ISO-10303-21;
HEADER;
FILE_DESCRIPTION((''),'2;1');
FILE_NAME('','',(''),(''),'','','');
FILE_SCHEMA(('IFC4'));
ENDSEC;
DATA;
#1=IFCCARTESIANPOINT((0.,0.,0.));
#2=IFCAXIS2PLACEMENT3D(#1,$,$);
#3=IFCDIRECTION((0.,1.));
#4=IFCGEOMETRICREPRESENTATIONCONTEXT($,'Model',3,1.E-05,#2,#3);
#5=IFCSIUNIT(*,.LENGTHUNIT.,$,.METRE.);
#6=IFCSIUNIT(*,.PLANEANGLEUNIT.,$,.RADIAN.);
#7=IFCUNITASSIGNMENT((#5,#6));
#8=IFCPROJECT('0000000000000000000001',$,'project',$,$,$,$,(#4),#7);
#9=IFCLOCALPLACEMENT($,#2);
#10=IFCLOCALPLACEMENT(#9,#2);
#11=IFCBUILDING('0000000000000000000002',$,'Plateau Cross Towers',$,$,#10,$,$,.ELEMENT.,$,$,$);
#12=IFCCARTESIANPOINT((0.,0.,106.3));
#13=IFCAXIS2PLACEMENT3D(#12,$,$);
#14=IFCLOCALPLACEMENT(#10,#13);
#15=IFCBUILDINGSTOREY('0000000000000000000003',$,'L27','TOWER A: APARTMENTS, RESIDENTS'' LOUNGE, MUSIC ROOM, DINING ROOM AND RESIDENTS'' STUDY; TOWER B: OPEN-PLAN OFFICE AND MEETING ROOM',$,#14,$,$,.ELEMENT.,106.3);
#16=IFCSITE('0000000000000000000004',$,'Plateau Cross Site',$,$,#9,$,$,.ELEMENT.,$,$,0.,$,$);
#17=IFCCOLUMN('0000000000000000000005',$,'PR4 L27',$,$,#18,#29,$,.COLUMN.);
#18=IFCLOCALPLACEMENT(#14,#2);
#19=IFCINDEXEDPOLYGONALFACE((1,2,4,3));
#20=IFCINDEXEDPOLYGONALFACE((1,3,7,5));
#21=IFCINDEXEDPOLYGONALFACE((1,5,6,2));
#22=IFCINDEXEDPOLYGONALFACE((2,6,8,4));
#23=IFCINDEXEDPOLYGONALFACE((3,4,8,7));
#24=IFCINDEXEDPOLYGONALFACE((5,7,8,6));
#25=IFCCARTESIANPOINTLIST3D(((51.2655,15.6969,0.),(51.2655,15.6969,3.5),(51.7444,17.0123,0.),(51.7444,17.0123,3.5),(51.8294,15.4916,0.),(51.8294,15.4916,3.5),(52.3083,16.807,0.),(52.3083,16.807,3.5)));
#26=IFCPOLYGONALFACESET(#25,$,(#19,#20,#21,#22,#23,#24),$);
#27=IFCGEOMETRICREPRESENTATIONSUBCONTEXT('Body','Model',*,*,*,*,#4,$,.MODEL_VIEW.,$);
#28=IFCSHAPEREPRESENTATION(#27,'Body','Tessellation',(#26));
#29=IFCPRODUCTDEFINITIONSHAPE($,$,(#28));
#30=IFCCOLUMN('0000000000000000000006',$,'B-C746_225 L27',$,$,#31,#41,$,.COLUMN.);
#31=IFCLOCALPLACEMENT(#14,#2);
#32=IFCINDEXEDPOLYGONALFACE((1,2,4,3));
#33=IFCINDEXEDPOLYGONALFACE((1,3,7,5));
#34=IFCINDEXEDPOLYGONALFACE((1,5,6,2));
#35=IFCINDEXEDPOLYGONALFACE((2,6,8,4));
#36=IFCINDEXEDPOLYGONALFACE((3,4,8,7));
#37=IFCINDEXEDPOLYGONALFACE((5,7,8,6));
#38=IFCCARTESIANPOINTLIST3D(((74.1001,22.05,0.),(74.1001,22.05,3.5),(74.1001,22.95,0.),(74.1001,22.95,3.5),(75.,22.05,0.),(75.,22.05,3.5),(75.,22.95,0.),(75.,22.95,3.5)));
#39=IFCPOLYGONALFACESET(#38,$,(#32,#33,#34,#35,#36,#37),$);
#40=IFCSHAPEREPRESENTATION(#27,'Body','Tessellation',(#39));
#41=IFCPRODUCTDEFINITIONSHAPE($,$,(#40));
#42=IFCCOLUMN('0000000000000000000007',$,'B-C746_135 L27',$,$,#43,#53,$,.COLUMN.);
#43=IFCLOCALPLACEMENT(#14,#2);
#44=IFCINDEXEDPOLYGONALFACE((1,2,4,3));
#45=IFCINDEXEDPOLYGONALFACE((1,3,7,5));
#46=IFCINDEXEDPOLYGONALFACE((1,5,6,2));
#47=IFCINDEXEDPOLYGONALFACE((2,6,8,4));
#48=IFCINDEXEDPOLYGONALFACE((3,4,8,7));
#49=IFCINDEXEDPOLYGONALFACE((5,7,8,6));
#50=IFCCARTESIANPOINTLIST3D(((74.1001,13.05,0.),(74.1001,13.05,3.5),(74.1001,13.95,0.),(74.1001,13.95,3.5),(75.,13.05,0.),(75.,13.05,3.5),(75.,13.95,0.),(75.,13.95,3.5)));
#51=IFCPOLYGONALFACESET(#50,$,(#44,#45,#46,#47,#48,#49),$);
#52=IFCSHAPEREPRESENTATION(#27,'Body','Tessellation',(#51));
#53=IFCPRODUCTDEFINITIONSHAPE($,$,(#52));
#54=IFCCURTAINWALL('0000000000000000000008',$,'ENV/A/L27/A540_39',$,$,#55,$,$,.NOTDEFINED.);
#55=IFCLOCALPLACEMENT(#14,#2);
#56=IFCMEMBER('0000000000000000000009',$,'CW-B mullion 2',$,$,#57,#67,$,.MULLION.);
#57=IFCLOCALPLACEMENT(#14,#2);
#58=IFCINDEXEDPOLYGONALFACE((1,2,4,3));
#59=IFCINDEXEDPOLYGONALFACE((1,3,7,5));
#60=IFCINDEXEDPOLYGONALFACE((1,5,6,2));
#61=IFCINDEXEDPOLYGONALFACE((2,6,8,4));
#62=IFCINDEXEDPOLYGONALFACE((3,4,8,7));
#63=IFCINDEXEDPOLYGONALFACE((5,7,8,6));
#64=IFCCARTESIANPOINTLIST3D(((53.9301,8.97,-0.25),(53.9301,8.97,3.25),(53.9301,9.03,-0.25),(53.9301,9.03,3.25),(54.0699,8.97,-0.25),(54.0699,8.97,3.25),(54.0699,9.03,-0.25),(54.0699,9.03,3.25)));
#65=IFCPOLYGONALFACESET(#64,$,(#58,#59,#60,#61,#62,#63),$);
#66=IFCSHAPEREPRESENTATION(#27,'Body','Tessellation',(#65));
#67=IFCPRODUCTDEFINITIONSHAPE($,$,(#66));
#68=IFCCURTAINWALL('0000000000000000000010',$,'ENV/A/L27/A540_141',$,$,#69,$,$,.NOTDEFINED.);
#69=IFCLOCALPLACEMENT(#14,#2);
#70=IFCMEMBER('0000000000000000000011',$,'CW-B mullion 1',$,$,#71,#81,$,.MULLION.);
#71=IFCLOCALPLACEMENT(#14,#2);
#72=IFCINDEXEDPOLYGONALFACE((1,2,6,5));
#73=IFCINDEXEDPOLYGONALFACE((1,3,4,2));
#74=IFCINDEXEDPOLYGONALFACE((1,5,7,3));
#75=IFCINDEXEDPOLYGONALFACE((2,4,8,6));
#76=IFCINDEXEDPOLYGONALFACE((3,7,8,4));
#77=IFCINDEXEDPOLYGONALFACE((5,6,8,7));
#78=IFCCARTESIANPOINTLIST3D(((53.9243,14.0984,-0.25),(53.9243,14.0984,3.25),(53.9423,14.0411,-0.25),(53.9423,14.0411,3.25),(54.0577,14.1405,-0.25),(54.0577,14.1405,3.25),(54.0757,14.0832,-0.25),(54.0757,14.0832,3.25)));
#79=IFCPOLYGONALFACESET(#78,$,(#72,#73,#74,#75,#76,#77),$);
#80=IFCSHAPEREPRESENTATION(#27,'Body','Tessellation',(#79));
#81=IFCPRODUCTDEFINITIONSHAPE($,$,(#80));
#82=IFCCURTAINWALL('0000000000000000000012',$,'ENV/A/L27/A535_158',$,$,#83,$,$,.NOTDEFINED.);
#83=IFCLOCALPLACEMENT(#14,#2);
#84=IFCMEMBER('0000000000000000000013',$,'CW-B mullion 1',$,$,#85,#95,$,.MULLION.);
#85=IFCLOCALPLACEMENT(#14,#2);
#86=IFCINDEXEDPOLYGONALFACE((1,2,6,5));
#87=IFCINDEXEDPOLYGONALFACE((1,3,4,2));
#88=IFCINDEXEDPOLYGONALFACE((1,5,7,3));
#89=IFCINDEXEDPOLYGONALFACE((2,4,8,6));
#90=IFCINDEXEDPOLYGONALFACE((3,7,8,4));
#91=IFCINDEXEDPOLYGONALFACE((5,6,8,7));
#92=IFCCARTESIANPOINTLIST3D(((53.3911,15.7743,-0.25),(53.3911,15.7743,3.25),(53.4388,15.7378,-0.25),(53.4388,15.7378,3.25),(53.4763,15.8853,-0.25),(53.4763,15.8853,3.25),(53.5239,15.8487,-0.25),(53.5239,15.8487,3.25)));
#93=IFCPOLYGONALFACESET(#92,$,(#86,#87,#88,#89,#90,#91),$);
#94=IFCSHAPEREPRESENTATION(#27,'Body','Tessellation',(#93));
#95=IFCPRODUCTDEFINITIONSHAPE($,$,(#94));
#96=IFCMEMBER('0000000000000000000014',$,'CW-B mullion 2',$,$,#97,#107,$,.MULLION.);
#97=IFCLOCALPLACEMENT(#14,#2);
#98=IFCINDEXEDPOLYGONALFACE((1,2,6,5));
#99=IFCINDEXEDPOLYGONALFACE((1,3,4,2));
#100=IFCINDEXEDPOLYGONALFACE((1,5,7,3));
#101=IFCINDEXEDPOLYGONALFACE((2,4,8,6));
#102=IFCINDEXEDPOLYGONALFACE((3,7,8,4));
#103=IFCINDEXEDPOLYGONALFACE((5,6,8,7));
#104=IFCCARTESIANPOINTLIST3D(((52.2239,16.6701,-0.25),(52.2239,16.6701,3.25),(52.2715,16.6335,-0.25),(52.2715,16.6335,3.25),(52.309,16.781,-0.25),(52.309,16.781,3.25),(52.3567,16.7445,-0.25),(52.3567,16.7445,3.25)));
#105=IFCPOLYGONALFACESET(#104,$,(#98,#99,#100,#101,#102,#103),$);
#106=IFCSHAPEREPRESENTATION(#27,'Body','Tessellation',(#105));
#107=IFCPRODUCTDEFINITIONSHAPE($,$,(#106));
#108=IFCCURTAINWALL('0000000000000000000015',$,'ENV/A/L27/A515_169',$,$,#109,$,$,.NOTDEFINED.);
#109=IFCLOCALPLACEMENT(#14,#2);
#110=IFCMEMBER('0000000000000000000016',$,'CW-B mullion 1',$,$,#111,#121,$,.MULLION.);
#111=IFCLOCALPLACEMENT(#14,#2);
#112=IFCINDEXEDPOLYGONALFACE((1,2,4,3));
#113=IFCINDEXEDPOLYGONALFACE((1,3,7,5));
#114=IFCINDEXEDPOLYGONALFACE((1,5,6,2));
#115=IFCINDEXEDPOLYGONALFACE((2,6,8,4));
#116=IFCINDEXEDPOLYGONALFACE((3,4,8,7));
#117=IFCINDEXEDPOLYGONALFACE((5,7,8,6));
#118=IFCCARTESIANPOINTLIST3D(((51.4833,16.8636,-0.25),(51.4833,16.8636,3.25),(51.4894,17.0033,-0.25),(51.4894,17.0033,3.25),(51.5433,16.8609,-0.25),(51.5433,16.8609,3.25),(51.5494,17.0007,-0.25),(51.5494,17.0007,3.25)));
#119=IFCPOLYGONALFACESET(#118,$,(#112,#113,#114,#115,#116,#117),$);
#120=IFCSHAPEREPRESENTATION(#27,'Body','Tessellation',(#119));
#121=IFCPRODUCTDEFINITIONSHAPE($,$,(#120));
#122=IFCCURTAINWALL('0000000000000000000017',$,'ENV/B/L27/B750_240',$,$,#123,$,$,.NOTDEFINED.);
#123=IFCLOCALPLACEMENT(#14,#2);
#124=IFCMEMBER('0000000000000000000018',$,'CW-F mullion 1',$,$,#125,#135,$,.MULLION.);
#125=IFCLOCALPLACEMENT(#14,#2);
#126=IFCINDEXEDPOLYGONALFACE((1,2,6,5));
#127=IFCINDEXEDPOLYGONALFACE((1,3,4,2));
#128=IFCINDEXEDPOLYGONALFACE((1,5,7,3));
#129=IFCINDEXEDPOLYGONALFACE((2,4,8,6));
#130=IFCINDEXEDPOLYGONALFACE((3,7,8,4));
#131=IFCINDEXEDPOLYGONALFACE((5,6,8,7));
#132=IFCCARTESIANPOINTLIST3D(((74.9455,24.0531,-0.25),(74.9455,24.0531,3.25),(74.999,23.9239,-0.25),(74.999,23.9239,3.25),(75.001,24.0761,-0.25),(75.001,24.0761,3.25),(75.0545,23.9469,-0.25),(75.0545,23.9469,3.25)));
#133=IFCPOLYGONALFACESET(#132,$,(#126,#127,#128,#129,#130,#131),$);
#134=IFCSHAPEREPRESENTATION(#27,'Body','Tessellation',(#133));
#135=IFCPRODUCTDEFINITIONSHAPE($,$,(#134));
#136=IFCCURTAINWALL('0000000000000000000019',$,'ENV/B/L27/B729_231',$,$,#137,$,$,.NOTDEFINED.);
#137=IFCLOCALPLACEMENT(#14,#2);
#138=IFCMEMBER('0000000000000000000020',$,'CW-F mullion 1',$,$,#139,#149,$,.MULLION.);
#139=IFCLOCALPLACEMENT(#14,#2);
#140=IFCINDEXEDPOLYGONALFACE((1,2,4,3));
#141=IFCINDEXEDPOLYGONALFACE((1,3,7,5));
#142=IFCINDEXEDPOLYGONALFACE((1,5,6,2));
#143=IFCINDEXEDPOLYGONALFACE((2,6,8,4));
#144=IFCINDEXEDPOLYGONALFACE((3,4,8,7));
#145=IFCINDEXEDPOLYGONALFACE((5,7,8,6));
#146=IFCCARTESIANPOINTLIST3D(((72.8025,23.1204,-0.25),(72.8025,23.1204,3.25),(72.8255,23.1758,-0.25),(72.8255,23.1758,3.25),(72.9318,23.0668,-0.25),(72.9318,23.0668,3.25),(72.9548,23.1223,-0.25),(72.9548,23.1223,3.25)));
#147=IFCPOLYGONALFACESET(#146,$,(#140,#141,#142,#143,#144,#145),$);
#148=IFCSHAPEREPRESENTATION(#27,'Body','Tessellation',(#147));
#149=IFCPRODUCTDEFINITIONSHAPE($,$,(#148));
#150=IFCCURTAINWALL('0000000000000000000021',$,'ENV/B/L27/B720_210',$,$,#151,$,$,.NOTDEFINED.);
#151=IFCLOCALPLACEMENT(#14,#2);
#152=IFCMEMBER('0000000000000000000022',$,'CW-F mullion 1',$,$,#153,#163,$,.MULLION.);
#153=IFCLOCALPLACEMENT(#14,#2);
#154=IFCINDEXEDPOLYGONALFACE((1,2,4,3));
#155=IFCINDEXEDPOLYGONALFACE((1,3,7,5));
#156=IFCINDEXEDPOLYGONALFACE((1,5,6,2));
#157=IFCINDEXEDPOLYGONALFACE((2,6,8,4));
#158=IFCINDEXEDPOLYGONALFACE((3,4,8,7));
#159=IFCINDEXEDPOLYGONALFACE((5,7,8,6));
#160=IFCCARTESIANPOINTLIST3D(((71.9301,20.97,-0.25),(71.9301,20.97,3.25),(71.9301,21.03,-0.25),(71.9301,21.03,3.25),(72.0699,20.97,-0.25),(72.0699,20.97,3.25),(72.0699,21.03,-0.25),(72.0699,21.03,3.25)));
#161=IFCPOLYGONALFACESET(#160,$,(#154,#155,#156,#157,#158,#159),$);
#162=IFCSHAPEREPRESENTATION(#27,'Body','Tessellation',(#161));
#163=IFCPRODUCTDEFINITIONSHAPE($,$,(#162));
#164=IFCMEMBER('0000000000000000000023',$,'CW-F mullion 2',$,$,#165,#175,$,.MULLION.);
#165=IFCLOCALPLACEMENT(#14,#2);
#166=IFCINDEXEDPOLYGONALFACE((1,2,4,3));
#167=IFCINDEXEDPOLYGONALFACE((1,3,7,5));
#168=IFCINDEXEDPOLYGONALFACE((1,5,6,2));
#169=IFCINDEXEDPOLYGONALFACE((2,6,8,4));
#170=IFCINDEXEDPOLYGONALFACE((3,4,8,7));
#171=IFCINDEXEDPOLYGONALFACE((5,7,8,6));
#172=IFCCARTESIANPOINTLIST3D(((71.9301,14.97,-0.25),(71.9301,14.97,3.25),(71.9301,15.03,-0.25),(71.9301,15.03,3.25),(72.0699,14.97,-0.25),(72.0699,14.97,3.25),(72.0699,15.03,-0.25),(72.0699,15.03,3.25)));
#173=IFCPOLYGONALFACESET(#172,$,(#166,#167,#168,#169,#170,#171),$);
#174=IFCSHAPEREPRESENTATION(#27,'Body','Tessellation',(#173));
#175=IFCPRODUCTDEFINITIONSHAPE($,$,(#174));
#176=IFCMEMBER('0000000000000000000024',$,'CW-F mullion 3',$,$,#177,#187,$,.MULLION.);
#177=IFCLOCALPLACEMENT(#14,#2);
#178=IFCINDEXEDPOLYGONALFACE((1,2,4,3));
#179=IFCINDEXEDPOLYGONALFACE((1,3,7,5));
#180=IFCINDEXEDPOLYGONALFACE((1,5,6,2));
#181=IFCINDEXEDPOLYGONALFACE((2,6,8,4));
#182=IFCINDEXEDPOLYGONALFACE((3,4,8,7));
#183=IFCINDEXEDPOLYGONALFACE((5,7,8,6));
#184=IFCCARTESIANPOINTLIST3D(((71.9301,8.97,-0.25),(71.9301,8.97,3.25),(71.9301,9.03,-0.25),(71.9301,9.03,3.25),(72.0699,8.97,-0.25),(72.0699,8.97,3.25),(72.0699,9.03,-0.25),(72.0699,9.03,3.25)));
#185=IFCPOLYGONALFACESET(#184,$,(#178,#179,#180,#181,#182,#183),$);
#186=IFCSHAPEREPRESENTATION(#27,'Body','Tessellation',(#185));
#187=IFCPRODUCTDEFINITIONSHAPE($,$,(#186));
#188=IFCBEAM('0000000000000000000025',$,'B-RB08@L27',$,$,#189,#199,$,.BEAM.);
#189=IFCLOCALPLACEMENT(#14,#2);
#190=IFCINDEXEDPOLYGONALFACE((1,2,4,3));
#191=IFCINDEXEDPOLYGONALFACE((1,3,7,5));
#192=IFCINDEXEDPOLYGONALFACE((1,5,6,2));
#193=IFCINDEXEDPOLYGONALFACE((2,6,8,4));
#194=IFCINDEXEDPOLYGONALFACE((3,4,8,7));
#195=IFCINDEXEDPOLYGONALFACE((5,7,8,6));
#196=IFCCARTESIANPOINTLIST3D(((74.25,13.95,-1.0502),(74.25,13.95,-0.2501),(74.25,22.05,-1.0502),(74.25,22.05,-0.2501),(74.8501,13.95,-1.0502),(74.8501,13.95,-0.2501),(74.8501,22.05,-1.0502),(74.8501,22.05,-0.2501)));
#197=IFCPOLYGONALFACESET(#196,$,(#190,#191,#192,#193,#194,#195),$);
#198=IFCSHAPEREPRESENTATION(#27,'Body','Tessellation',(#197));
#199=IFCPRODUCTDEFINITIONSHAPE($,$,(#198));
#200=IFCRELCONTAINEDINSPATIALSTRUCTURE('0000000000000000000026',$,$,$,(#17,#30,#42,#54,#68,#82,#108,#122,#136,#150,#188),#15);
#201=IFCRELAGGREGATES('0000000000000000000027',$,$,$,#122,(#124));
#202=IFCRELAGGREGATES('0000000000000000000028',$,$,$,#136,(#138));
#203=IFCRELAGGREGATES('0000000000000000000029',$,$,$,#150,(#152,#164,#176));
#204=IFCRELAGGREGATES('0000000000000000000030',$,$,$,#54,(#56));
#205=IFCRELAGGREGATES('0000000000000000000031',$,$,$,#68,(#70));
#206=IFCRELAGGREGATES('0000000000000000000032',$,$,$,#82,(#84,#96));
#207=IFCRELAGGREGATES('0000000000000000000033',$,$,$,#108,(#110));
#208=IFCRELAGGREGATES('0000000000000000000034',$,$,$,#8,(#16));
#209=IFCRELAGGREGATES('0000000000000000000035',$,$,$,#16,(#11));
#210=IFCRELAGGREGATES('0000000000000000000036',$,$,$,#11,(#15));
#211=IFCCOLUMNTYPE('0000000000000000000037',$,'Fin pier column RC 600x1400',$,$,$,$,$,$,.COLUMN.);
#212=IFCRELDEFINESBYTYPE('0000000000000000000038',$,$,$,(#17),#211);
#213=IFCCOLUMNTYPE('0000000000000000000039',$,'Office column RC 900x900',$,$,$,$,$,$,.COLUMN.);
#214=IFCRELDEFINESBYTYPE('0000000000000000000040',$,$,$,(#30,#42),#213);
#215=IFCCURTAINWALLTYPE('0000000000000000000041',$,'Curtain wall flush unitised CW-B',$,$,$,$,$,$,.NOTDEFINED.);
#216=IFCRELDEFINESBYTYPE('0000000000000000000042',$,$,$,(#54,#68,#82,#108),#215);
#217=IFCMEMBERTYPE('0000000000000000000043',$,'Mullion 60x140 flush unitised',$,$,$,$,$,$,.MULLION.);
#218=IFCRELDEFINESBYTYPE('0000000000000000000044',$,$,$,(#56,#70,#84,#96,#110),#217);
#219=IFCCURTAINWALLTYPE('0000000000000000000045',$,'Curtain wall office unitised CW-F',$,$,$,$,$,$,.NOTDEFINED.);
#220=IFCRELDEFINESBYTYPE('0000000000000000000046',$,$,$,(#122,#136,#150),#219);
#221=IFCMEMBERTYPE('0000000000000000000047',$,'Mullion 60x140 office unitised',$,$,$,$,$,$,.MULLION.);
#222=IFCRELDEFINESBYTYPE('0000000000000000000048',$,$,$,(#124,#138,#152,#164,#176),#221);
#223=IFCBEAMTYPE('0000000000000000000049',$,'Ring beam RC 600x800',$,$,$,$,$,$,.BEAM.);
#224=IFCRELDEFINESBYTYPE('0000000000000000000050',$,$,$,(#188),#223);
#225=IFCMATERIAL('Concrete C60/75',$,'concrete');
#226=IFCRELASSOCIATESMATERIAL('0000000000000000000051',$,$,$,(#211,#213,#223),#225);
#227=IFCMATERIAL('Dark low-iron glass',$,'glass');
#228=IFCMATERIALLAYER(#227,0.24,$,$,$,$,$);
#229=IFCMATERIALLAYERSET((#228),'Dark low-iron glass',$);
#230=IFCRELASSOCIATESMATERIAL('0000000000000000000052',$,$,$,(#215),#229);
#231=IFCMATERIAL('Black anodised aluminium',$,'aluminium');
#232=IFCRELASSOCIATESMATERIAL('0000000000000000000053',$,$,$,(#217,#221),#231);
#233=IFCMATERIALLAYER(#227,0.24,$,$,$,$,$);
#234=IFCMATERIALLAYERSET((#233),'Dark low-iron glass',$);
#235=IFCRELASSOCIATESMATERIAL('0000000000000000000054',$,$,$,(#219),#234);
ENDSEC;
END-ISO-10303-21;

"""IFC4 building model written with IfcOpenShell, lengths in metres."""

from ifc_helpers import new_model, si_unit, direction, frame, origin, origin_2d, place, context, subcontext, project, spatial, rectangle, extrude, material, layer, layer_set, material_profile, profile_set, type_object, element, aggregate, save


model = new_model("IFC4")

# Units and contexts
model_context = context("Model", 3, precision=1e-05, world=origin(), true_north=direction((0.0, 1.0)))
body_context = subcontext(model_context, "Body", "Model", "MODEL_VIEW")
ifc_project = project(units=[si_unit("LENGTHUNIT", "METRE"), si_unit("PLANEANGLEUNIT", "RADIAN")], contexts=[model_context])

# Site, building, storey
site_placement = place(None, origin())
site = spatial("IfcSite", under=ifc_project, at=site_placement, Name="Plateau Cross Site", CompositionType="ELEMENT", RefElevation=0.0)
building_placement = place(site_placement, origin())
building = spatial("IfcBuilding", under=site, at=building_placement, Name="Plateau Cross Towers", CompositionType="ELEMENT")
storey_placement = place(building_placement, frame((0.0, 0.0, 106.3)))
storey = spatial("IfcBuildingStorey", under=building, at=storey_placement, Name="L27", Description="TOWER A: APARTMENTS, RESIDENTS' LOUNGE, MUSIC ROOM, DINING ROOM AND RESIDENTS' STUDY; TOWER B: OPEN-PLAN OFFICE AND MEETING ROOM", CompositionType="ELEMENT", Elevation=106.3)

# Columns
ifc_material_1 = material(Name="Concrete C60/75", Category="concrete")
ifc_material_profile_1 = material_profile(ifc_material_1, rectangle(XDim=0.6001, YDim=1.3999, at=origin_2d()), Name="RC 600x1400")
ifc_profile_set_1 = profile_set([ifc_material_profile_1], Name="Concrete C60/75")
column_type_1 = type_object("IfcColumnType", Name="Fin pier column RC 600x1400", PredefinedType="COLUMN", material=ifc_profile_set_1)
column_placement = place(storey_placement, frame((51.7869, 16.252, 0.0), z_axis=(0.0, 0.0, 1.0), x_axis=(-0.939664, 0.342098, 0.0)))
element("IfcColumn", 1, at=column_placement, inside=storey, type_object=column_type_1, Name="PR4 L27", PredefinedType="COLUMN", context=body_context, shape_type="SweptSolid", body=[
    extrude(rectangle(XDim=0.6001, YDim=1.3999, at=origin_2d()), origin(), (0.0, 0.0, 1.0), 3.5),
])
ifc_material_profile_2 = material_profile(ifc_material_1, rectangle(XDim=0.8999, YDim=0.8999, at=origin_2d()), Name="RC 900x900")
ifc_profile_set_2 = profile_set([ifc_material_profile_2], Name="Concrete C60/75")
column_type_2 = type_object("IfcColumnType", Name="Office column RC 900x900", PredefinedType="COLUMN", material=ifc_profile_set_2)
for number, where, z_axis, x_axis, name in (
    (2, (74.55, 22.5, 0.0), (0.0, 0.0, 1.0), (1.0, 0.0, 0.0), "B-C746_225 L27"),
    (3, (74.55, 13.5, 0.0), (0.0, 0.0, 1.0), (1.0, 0.0, 0.0), "B-C746_135 L27"),
):
    element("IfcColumn", number, at=place(storey_placement, frame(where, z_axis=z_axis, x_axis=x_axis)), inside=storey, type_object=column_type_2, Name=name, PredefinedType="COLUMN", context=body_context, shape_type="SweptSolid", body=[
        extrude(rectangle(XDim=0.8999, YDim=0.8999, at=origin_2d()), origin(), (0.0, 0.0, 1.0), 3.5),
    ])

# Curtain walls, members
ifc_material_2 = material(Name="Dark low-iron glass", Category="glass")
ifc_layer_1 = layer(ifc_material_2, 0.24)
ifc_layer_set_1 = layer_set([ifc_layer_1], Name="Dark low-iron glass")
curtain_wall_type_1 = type_object("IfcCurtainWallType", Name="Curtain wall flush unitised CW-B", PredefinedType="NOTDEFINED", material=ifc_layer_set_1)
curtain_wall_1_placement = place(storey_placement, origin())
curtain_wall_1 = element("IfcCurtainWall", 4, at=curtain_wall_1_placement, inside=storey, type_object=curtain_wall_type_1, Name="ENV/A/L27/A540_39", PredefinedType="NOTDEFINED")
ifc_material_3 = material(Name="Black anodised aluminium", Category="aluminium")
ifc_material_profile_3 = material_profile(ifc_material_3, rectangle(XDim=0.0601, YDim=0.1399, at=origin_2d()), Name="MULLION 60x140")
ifc_profile_set_3 = profile_set([ifc_material_profile_3], Name="Black anodised aluminium")
member_type_1 = type_object("IfcMemberType", Name="Mullion 60x140 flush unitised", PredefinedType="MULLION", material=ifc_profile_set_3)
member_1_placement = place(storey_placement, frame((54.0, 9.0, -0.25), z_axis=(0.0, 0.0, 1.0), x_axis=(0.0, 1.0, 0.0)))
member_1 = element("IfcMember", 5, at=member_1_placement, type_object=member_type_1, Name="CW-B mullion 2", PredefinedType="MULLION", context=body_context, shape_type="SweptSolid", body=[
    extrude(rectangle(XDim=0.0601, YDim=0.1399, at=origin_2d()), origin(), (0.0, 0.0, 1.0), 3.5),
])
curtain_wall_2_placement = place(storey_placement, origin())
curtain_wall_2 = element("IfcCurtainWall", 6, at=curtain_wall_2_placement, inside=storey, type_object=curtain_wall_type_1, Name="ENV/A/L27/A540_141", PredefinedType="NOTDEFINED")
member_2_placement = place(storey_placement, frame((54.0, 14.0908, -0.25), z_axis=(0.0, 0.0, 1.0), x_axis=(-0.300686, 0.953723, 0.0)))
member_2 = element("IfcMember", 7, at=member_2_placement, type_object=member_type_1, Name="CW-B mullion 1", PredefinedType="MULLION", context=body_context, shape_type="SweptSolid", body=[
    extrude(rectangle(XDim=0.0601, YDim=0.1399, at=origin_2d()), origin(), (0.0, 0.0, 1.0), 3.5),
])

# Curtain wall, members
curtain_wall_3_placement = place(storey_placement, origin())
curtain_wall_3 = element("IfcCurtainWall", 8, at=curtain_wall_3_placement, inside=storey, type_object=curtain_wall_type_1, Name="ENV/A/L27/A535_158", PredefinedType="NOTDEFINED")
member_3_placement = place(storey_placement, frame((53.4575, 15.8115, -0.25), z_axis=(0.0, 0.0, 1.0), x_axis=(-0.793316, 0.608811, 0.0)))
member_3 = element("IfcMember", 9, at=member_3_placement, type_object=member_type_1, Name="CW-B mullion 1", PredefinedType="MULLION", context=body_context, shape_type="SweptSolid", body=[
    extrude(rectangle(XDim=0.0601, YDim=0.1399, at=origin_2d()), origin(), (0.0, 0.0, 1.0), 3.5),
])
member_4_placement = place(storey_placement, frame((52.2903, 16.7073, -0.25), z_axis=(0.0, 0.0, 1.0), x_axis=(-0.793316, 0.608811, 0.0)))
member_4 = element("IfcMember", 10, at=member_4_placement, type_object=member_type_1, Name="CW-B mullion 2", PredefinedType="MULLION", context=body_context, shape_type="SweptSolid", body=[
    extrude(rectangle(XDim=0.0601, YDim=0.1399, at=origin_2d()), origin(), (0.0, 0.0, 1.0), 3.5),
])

# Curtain walls, members
curtain_wall_4_placement = place(storey_placement, origin())
curtain_wall_4 = element("IfcCurtainWall", 11, at=curtain_wall_4_placement, inside=storey, type_object=curtain_wall_type_1, Name="ENV/A/L27/A515_169", PredefinedType="NOTDEFINED")
member_5_placement = place(storey_placement, frame((51.5164, 16.9321, -0.25), z_axis=(0.0, 0.0, 1.0), x_axis=(-0.999044, 0.043723, 0.0)))
member_5 = element("IfcMember", 12, at=member_5_placement, type_object=member_type_1, Name="CW-B mullion 1", PredefinedType="MULLION", context=body_context, shape_type="SweptSolid", body=[
    extrude(rectangle(XDim=0.0601, YDim=0.1399, at=origin_2d()), origin(), (0.0, 0.0, 1.0), 3.5),
])
ifc_layer_2 = layer(ifc_material_2, 0.24)
ifc_layer_set_2 = layer_set([ifc_layer_2], Name="Dark low-iron glass")
curtain_wall_type_2 = type_object("IfcCurtainWallType", Name="Curtain wall office unitised CW-F", PredefinedType="NOTDEFINED", material=ifc_layer_set_2)
curtain_wall_5_placement = place(storey_placement, origin())
curtain_wall_5 = element("IfcCurtainWall", 13, at=curtain_wall_5_placement, inside=storey, type_object=curtain_wall_type_2, Name="ENV/B/L27/B750_240", PredefinedType="NOTDEFINED")
ifc_material_profile_4 = material_profile(ifc_material_3, rectangle(XDim=0.0601, YDim=0.1399, at=origin_2d()), Name="MULLION 60x140")
ifc_profile_set_4 = profile_set([ifc_material_profile_4], Name="Black anodised aluminium")
member_type_2 = type_object("IfcMemberType", Name="Mullion 60x140 office unitised", PredefinedType="MULLION", material=ifc_profile_set_4)
member_6_placement = place(storey_placement, frame((75.0, 24.0, -0.25), z_axis=(0.0, 0.0, 1.0), x_axis=(-0.923879, -0.382684, 0.0)))
member_6 = element("IfcMember", 14, at=member_6_placement, type_object=member_type_2, Name="CW-F mullion 1", PredefinedType="MULLION", context=body_context, shape_type="SweptSolid", body=[
    extrude(rectangle(XDim=0.0601, YDim=0.1399, at=origin_2d()), origin(), (0.0, 0.0, 1.0), 3.5),
])
curtain_wall_6_placement = place(storey_placement, origin())
curtain_wall_6 = element("IfcCurtainWall", 15, at=curtain_wall_6_placement, inside=storey, type_object=curtain_wall_type_2, Name="ENV/B/L27/B729_231", PredefinedType="NOTDEFINED")
member_7_placement = place(storey_placement, frame((72.8787, 23.1213, -0.25), z_axis=(0.0, 0.0, 1.0), x_axis=(-0.382684, -0.923879, 0.0)))
member_7 = element("IfcMember", 16, at=member_7_placement, type_object=member_type_2, Name="CW-F mullion 1", PredefinedType="MULLION", context=body_context, shape_type="SweptSolid", body=[
    extrude(rectangle(XDim=0.0601, YDim=0.1399, at=origin_2d()), origin(), (0.0, 0.0, 1.0), 3.5),
])

# Curtain wall, members
curtain_wall_7_placement = place(storey_placement, origin())
curtain_wall_7 = element("IfcCurtainWall", 17, at=curtain_wall_7_placement, inside=storey, type_object=curtain_wall_type_2, Name="ENV/B/L27/B720_210", PredefinedType="NOTDEFINED")
member_8_placement = place(storey_placement, frame((72.0, 21.0, -0.25), z_axis=(0.0, 0.0, 1.0), x_axis=(0.0, -1.0, 0.0)))
member_8 = element("IfcMember", 18, at=member_8_placement, type_object=member_type_2, Name="CW-F mullion 1", PredefinedType="MULLION", context=body_context, shape_type="SweptSolid", body=[
    extrude(rectangle(XDim=0.0601, YDim=0.1399, at=origin_2d()), origin(), (0.0, 0.0, 1.0), 3.5),
])
member_9_placement = place(storey_placement, frame((72.0, 15.0, -0.25), z_axis=(0.0, 0.0, 1.0), x_axis=(0.0, -1.0, 0.0)))
member_9 = element("IfcMember", 19, at=member_9_placement, type_object=member_type_2, Name="CW-F mullion 2", PredefinedType="MULLION", context=body_context, shape_type="SweptSolid", body=[
    extrude(rectangle(XDim=0.0601, YDim=0.1399, at=origin_2d()), origin(), (0.0, 0.0, 1.0), 3.5),
])
member_10_placement = place(storey_placement, frame((72.0, 9.0, -0.25), z_axis=(0.0, 0.0, 1.0), x_axis=(0.0, -1.0, 0.0)))
member_10 = element("IfcMember", 20, at=member_10_placement, type_object=member_type_2, Name="CW-F mullion 3", PredefinedType="MULLION", context=body_context, shape_type="SweptSolid", body=[
    extrude(rectangle(XDim=0.0601, YDim=0.1399, at=origin_2d()), origin(), (0.0, 0.0, 1.0), 3.5),
])

# Beam
ifc_material_profile_5 = material_profile(ifc_material_1, rectangle(XDim=0.6001, YDim=0.8, at=origin_2d()), Name="RC 600x800")
ifc_profile_set_5 = profile_set([ifc_material_profile_5], Name="Concrete C60/75")
beam_type = type_object("IfcBeamType", Name="Ring beam RC 600x800", PredefinedType="BEAM", material=ifc_profile_set_5)
for number, where, z_axis, x_axis, name in (
    (21, (74.55, 22.05, -0.6501), (0.0, -1.0, 0.0), (1.0, 0.0, 0.0), "B-RB08@L27"),
):
    element("IfcBeam", number, at=place(storey_placement, frame(where, z_axis=z_axis, x_axis=x_axis)), inside=storey, type_object=beam_type, Name=name, PredefinedType="BEAM", context=body_context, shape_type="SweptSolid", body=[
        extrude(rectangle(XDim=0.6001, YDim=0.8, at=origin_2d()), origin(), (0.0, 0.0, 1.0), 8.1001),
    ])

aggregate(curtain_wall_5, [member_6])
aggregate(curtain_wall_6, [member_7])
aggregate(curtain_wall_7, [member_8, member_9, member_10])
aggregate(curtain_wall_1, [member_1])
aggregate(curtain_wall_2, [member_2])
aggregate(curtain_wall_3, [member_3, member_4])
aggregate(curtain_wall_4, [member_5])

save(model, "model.ifc")
